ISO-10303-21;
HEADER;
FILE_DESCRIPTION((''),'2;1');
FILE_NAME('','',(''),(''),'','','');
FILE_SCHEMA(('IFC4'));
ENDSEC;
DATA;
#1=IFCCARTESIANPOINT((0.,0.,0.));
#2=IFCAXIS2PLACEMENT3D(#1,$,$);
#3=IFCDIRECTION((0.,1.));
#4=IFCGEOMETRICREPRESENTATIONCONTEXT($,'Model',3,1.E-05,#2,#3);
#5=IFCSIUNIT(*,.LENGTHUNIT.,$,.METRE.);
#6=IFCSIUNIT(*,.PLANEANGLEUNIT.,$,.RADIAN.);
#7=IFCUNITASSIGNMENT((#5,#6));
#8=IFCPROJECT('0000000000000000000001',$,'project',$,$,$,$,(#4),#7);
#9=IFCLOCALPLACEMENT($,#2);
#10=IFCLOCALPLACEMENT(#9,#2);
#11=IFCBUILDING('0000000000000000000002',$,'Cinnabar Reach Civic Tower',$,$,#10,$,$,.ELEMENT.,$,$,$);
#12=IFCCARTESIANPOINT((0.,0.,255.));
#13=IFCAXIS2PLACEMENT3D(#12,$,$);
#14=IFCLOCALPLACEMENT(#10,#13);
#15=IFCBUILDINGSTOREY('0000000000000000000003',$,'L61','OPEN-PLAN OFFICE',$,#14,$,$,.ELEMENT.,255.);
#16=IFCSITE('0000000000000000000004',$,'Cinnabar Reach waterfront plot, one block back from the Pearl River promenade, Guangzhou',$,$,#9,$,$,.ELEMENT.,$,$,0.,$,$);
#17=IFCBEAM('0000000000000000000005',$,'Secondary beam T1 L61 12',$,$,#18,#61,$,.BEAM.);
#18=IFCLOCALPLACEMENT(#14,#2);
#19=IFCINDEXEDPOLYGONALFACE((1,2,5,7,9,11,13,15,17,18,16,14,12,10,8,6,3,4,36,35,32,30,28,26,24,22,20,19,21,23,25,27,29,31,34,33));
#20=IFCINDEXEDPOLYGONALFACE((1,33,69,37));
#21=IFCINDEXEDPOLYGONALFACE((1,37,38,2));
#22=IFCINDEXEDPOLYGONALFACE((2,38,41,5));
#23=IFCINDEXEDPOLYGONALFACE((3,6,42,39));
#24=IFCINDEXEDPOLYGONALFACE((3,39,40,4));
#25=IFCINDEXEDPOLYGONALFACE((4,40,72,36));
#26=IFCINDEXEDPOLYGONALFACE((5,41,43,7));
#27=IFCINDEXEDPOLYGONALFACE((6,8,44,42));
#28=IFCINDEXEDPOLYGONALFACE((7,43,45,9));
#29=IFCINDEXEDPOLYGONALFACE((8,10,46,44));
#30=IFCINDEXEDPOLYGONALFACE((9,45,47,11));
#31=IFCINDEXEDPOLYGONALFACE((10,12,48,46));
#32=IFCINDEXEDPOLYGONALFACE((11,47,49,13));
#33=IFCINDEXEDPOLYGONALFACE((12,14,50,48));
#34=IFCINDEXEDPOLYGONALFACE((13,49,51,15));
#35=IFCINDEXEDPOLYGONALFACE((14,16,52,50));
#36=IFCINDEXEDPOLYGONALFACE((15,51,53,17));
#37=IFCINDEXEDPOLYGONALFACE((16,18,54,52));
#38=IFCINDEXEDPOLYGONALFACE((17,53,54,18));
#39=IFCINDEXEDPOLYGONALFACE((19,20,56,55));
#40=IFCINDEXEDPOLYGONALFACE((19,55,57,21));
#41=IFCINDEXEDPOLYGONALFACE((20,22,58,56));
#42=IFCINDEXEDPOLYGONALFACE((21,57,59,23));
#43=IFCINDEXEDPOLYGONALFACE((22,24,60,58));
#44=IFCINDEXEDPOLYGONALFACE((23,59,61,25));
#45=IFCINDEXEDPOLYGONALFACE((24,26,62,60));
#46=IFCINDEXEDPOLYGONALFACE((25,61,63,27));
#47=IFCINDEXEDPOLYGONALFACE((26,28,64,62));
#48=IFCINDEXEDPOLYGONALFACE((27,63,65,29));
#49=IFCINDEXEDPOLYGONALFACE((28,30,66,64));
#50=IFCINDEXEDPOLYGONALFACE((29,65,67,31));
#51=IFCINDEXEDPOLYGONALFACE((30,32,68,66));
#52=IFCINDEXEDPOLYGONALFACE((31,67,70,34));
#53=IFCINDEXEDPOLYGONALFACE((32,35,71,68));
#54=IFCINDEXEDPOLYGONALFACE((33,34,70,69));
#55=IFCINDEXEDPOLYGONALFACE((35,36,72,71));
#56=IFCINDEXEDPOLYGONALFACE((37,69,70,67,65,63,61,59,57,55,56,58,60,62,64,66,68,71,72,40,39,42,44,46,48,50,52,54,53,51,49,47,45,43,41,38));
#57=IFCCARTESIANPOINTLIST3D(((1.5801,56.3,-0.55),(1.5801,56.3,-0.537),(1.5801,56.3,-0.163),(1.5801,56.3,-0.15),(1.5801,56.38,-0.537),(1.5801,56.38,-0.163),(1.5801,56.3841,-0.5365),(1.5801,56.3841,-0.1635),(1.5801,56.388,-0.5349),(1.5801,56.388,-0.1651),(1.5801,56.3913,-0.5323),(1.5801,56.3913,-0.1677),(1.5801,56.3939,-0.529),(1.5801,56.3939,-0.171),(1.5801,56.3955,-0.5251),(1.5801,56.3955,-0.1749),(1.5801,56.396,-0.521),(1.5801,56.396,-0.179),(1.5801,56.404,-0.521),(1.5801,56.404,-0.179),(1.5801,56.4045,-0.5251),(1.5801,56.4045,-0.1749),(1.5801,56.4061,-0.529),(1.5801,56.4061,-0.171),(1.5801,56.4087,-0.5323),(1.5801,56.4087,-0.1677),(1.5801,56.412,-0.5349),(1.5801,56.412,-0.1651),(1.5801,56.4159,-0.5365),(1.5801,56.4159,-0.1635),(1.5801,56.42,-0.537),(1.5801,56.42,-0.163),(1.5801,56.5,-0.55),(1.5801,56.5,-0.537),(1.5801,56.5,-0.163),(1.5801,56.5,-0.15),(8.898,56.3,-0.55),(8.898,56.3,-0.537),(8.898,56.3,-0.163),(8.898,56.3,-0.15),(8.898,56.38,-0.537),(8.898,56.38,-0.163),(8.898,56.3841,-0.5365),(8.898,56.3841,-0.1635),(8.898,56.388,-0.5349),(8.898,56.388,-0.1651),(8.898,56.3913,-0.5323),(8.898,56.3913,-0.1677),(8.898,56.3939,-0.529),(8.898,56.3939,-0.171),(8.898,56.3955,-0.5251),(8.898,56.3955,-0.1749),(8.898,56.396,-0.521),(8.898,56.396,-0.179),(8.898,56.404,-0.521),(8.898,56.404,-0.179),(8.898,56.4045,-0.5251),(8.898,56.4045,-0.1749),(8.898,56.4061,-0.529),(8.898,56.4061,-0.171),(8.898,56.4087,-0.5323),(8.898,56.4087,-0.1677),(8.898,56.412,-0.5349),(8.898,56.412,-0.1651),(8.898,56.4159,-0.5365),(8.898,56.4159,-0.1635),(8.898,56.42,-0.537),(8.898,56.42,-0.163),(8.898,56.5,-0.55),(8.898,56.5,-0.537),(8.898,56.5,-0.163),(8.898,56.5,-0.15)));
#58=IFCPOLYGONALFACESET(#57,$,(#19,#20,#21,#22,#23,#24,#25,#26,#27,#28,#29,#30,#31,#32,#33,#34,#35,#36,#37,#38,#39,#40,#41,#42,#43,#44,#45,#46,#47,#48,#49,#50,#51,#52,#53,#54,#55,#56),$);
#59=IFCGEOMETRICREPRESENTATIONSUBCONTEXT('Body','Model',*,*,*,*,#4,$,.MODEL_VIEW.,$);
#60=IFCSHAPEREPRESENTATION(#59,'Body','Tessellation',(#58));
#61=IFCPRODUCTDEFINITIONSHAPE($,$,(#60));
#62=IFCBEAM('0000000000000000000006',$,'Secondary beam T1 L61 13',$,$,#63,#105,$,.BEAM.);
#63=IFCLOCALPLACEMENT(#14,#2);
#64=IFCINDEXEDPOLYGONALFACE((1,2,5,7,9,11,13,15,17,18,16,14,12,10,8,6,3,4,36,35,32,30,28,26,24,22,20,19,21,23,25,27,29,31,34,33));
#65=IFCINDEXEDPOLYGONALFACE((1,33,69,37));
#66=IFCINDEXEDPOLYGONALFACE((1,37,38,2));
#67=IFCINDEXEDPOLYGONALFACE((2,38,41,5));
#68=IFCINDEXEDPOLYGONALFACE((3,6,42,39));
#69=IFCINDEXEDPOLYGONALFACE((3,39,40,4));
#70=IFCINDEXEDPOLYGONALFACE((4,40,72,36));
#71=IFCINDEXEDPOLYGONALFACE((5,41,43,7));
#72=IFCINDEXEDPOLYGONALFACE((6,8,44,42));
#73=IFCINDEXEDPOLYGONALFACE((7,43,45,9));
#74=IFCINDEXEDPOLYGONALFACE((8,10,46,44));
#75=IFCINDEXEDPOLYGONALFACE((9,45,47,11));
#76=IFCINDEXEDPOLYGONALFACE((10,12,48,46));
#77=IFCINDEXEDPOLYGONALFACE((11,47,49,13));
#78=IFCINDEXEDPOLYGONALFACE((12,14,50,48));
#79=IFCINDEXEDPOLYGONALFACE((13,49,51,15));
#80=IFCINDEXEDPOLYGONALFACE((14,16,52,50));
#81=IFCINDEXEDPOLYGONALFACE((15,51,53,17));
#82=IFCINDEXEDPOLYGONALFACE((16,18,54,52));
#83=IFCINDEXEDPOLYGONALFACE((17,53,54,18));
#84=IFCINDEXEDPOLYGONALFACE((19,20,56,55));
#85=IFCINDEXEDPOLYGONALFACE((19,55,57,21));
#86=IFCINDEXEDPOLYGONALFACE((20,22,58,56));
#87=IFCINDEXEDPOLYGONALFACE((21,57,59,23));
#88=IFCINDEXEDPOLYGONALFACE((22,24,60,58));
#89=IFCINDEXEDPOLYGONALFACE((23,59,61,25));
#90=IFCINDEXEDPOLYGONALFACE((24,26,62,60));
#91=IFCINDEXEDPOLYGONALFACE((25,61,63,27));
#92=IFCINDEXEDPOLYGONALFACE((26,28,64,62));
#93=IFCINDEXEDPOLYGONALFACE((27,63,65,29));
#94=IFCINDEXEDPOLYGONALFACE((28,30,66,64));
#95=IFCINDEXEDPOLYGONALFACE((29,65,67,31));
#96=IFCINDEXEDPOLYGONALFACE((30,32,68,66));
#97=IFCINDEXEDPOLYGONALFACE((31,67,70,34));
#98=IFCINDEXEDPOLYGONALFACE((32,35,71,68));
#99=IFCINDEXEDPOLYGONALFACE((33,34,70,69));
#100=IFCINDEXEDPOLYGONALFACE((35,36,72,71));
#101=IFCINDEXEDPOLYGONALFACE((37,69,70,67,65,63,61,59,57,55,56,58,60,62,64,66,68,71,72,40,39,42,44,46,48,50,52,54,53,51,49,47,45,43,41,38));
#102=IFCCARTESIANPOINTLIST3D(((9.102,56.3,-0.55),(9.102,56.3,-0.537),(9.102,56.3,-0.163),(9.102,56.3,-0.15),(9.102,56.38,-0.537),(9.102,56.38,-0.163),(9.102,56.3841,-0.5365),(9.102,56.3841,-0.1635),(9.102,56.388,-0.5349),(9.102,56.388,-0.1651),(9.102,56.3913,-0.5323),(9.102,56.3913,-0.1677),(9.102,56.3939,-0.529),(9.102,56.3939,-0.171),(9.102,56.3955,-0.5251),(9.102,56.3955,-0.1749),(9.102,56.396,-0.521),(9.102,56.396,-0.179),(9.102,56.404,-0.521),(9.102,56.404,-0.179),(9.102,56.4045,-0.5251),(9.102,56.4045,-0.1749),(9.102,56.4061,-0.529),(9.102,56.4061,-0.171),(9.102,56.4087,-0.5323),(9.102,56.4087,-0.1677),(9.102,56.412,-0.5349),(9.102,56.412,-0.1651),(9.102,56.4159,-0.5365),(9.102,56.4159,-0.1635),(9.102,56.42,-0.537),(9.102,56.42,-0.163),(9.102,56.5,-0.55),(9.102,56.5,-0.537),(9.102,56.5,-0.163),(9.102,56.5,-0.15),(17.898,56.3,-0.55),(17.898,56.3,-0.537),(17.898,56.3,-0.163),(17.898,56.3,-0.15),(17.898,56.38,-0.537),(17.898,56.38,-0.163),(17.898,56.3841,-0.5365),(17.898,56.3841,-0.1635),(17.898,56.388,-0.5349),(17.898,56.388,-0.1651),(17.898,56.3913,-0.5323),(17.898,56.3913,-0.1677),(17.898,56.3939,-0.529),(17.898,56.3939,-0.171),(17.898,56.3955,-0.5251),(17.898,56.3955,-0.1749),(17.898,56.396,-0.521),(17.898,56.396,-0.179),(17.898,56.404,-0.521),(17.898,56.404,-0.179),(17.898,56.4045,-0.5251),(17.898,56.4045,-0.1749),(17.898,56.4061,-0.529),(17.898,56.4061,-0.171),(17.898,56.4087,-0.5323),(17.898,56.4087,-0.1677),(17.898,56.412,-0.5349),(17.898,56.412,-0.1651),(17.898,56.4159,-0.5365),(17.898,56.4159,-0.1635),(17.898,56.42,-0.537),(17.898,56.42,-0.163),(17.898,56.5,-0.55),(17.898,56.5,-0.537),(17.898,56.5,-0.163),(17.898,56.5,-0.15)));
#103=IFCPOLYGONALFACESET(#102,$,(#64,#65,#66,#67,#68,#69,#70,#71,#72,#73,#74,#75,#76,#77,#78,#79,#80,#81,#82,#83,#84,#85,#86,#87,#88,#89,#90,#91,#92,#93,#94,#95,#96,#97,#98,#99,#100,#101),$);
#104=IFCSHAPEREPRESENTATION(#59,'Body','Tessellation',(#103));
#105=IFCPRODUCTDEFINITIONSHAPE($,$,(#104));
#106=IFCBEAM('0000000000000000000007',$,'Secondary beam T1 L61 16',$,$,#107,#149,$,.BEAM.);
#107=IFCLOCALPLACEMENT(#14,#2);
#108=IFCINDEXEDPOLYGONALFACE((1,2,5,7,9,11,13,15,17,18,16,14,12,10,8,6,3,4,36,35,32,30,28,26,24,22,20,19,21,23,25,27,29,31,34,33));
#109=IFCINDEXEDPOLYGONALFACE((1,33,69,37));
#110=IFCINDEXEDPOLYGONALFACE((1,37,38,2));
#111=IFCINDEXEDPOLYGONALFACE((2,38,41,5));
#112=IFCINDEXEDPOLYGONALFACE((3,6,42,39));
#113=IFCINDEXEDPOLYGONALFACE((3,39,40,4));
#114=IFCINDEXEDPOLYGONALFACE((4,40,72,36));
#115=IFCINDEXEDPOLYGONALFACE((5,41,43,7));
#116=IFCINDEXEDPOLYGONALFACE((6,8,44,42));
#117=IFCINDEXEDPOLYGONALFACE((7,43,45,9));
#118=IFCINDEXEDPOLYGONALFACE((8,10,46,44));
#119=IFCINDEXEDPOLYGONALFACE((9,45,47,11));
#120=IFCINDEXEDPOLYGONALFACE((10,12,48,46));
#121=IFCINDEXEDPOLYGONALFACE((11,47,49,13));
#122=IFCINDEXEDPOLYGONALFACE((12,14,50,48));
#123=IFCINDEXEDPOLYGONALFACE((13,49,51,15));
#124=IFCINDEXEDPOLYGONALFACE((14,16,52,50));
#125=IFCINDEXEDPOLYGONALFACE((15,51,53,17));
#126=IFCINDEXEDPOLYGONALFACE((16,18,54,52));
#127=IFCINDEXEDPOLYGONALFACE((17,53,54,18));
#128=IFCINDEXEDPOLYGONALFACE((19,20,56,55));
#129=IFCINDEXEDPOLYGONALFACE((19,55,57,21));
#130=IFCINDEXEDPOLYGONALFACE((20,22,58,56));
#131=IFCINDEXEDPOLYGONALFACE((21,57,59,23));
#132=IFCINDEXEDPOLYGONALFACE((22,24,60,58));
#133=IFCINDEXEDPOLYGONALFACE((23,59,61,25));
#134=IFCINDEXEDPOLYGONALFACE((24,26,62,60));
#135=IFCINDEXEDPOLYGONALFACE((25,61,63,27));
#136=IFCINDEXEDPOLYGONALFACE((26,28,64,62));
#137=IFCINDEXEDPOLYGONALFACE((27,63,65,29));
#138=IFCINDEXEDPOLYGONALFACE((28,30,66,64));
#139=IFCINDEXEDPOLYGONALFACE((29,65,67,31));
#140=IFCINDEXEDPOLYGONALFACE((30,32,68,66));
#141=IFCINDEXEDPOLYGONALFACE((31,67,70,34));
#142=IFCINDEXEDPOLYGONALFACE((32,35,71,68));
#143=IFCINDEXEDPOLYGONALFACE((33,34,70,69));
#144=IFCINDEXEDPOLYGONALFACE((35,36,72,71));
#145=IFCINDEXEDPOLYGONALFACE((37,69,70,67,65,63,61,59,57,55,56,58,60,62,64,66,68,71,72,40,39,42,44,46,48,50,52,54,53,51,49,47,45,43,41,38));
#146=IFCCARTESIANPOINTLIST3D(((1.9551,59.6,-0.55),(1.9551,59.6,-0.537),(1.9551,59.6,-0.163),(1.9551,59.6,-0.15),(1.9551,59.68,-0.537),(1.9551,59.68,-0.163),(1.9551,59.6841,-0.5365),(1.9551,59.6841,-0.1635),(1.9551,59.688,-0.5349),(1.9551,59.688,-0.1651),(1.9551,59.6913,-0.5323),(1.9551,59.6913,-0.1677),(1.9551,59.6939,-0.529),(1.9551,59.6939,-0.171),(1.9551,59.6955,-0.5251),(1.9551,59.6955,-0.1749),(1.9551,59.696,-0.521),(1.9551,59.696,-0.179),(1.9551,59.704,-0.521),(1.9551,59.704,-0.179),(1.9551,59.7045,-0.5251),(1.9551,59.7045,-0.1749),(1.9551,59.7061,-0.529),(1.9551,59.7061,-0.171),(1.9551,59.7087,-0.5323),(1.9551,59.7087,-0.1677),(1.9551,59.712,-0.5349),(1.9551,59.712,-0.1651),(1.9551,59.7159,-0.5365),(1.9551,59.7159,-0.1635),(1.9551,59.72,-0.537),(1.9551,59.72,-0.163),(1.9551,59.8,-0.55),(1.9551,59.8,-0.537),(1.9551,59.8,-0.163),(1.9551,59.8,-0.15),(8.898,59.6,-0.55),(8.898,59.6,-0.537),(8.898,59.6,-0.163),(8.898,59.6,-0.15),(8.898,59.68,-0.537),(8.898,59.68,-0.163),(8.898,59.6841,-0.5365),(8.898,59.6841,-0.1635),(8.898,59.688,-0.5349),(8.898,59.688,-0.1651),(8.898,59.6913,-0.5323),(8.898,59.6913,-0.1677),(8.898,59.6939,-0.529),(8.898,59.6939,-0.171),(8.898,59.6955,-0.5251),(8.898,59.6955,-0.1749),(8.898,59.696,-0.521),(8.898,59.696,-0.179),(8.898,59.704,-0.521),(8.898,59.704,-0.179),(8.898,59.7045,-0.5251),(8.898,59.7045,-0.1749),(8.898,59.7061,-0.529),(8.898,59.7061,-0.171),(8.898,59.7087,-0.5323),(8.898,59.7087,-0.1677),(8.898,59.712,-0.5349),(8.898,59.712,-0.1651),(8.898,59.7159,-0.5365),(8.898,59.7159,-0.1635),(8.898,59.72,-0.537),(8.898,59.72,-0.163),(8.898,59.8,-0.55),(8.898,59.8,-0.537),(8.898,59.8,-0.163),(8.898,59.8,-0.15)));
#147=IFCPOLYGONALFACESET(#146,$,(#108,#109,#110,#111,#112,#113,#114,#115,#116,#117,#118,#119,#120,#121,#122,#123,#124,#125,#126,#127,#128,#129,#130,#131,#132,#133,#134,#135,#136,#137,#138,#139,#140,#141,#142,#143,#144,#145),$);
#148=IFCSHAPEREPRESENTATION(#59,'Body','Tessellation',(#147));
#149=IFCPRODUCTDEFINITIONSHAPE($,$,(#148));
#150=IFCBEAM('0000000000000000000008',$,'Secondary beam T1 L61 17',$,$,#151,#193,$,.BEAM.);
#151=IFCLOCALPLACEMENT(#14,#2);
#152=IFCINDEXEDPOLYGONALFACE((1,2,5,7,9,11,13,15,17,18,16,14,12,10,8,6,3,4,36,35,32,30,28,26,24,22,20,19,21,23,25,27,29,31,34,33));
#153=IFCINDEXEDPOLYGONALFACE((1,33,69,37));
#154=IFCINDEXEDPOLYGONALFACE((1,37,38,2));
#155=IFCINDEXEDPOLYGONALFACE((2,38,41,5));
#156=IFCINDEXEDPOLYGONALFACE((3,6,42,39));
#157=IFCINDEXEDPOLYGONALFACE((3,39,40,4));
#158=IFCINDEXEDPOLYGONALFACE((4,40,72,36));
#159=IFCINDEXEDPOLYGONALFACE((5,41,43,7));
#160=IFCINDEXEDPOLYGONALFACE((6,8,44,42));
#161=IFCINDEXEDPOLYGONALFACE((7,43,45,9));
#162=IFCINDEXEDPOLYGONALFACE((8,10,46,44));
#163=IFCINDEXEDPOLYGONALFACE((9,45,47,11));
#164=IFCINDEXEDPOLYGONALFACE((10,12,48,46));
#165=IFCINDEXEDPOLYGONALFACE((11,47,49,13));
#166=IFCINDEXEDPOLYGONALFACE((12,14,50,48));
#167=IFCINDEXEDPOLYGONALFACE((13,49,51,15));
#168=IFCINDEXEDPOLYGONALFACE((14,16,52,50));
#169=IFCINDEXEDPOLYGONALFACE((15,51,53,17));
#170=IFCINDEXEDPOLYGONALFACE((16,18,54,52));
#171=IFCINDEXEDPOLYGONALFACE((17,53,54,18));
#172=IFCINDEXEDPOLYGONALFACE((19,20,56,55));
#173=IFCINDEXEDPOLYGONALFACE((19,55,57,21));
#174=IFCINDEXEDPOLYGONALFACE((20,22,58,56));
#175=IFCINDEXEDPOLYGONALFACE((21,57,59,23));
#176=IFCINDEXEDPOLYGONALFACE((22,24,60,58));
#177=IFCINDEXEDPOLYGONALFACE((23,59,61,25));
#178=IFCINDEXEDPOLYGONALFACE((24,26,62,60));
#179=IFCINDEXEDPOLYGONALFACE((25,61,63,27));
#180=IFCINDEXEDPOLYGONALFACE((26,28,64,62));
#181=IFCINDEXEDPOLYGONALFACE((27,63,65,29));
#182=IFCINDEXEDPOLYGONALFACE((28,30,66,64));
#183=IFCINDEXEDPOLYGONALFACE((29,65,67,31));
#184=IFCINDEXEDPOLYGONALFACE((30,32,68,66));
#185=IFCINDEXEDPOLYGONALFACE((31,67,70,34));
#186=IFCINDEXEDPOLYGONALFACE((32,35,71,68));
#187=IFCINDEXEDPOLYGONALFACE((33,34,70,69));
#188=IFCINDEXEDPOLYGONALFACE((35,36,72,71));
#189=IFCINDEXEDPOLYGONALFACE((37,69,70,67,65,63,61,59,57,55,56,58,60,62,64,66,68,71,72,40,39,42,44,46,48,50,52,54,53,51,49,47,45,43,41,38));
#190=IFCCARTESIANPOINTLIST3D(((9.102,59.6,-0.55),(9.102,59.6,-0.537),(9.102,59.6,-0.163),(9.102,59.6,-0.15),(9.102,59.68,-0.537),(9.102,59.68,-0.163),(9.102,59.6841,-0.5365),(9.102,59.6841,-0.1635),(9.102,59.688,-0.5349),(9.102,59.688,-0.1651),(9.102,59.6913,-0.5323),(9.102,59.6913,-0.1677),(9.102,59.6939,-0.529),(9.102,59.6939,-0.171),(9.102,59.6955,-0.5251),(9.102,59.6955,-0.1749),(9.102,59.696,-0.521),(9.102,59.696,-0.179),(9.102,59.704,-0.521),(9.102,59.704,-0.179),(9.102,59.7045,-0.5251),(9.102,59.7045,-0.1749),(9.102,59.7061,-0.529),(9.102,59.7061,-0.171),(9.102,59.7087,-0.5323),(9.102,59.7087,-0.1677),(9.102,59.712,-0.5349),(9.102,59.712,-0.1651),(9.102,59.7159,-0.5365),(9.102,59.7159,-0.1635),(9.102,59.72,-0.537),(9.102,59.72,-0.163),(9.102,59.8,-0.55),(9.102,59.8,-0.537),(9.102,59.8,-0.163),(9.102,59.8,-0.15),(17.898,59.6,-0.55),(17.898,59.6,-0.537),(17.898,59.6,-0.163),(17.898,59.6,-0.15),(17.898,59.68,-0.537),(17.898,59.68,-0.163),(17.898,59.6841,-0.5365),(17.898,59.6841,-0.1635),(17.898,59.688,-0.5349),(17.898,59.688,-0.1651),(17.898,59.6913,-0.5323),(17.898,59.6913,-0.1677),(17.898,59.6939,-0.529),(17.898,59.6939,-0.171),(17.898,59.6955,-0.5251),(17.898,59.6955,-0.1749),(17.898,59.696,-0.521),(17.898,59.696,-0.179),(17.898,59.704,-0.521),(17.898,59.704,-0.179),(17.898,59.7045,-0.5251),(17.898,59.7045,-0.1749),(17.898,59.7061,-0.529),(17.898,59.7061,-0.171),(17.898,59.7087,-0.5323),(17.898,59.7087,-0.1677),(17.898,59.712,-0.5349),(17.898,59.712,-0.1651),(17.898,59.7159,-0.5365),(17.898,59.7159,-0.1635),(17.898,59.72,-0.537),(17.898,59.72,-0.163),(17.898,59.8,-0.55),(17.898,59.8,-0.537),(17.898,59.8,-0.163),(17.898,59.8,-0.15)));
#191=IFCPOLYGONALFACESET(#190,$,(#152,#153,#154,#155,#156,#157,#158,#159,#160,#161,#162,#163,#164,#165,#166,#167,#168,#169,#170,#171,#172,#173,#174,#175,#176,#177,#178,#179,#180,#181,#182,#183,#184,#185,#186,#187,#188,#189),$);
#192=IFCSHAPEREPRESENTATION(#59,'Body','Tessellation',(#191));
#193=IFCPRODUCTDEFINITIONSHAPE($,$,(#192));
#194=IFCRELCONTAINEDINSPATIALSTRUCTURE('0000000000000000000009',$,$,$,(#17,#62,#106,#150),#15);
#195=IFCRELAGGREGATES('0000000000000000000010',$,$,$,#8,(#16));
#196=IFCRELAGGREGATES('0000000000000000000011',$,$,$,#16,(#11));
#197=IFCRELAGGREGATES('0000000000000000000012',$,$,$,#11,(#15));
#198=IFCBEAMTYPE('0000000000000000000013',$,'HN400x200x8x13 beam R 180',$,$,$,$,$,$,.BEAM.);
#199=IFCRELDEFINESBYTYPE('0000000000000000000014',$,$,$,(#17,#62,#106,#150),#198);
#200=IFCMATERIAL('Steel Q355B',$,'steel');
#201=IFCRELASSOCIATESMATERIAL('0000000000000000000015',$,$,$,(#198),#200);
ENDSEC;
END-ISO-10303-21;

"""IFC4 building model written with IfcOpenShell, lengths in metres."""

from ifc_helpers import new_model, si_unit, direction, frame, origin, origin_2d, place, context, subcontext, project, spatial, i_section, extrude, material, material_profile, profile_set, type_object, element, save


model = new_model("IFC4")

# Units and contexts
model_context = context("Model", 3, precision=1e-05, world=origin(), true_north=direction((0.0, 1.0)))
body_context = subcontext(model_context, "Body", "Model", "MODEL_VIEW")
ifc_project = project(units=[si_unit("LENGTHUNIT", "METRE"), si_unit("PLANEANGLEUNIT", "RADIAN")], contexts=[model_context])

# Site, building, storey
site_placement = place(None, origin())
site = spatial("IfcSite", under=ifc_project, at=site_placement, Name="Cinnabar Reach waterfront plot, one block back from the Pearl River promenade, Guangzhou", CompositionType="ELEMENT", RefElevation=0.0)
building_placement = place(site_placement, origin())
building = spatial("IfcBuilding", under=site, at=building_placement, Name="Cinnabar Reach Civic Tower", CompositionType="ELEMENT")
storey_placement = place(building_placement, frame((0.0, 0.0, 255.0)))
storey = spatial("IfcBuildingStorey", under=building, at=storey_placement, Name="L61", Description="OPEN-PLAN OFFICE", CompositionType="ELEMENT", Elevation=255.0)

# Beams
ifc_material_1 = material(Name="Steel Q355B", Category="steel")
ifc_material_profile_1 = material_profile(ifc_material_1, i_section(OverallWidth=0.2, OverallDepth=0.4, WebThickness=0.008, FlangeThickness=0.013, FilletRadius=0.016, at=origin_2d()), Name="HN400x200x8x13")
ifc_profile_set_1 = profile_set([ifc_material_profile_1], Name="Steel Q355B")
beam_type_1 = type_object("IfcBeamType", Name="HN400x200x8x13 beam R 180", PredefinedType="BEAM", material=ifc_profile_set_1)
beam_1_placement = place(storey_placement, frame((1.5801, 56.4, -0.35), z_axis=(1.0, 0.0, 0.0), x_axis=(0.0, 1.0, 0.0)))
element("IfcBeam", 1, at=beam_1_placement, inside=storey, type_object=beam_type_1, Name="Secondary beam T1 L61 12", PredefinedType="BEAM", context=body_context, shape_type="SweptSolid", body=[
    extrude(i_section(OverallWidth=0.2, OverallDepth=0.4, WebThickness=0.008, FlangeThickness=0.013, FilletRadius=0.016, at=origin_2d()), origin(), (0.0, 0.0, 1.0), 7.3179),
])
beam_2_placement = place(storey_placement, frame((9.102, 56.4, -0.35), z_axis=(1.0, 0.0, 0.0), x_axis=(0.0, 1.0, 0.0)))
element("IfcBeam", 2, at=beam_2_placement, inside=storey, type_object=beam_type_1, Name="Secondary beam T1 L61 13", PredefinedType="BEAM", context=body_context, shape_type="SweptSolid", body=[
    extrude(i_section(OverallWidth=0.2, OverallDepth=0.4, WebThickness=0.008, FlangeThickness=0.013, FilletRadius=0.016, at=origin_2d()), origin(), (0.0, 0.0, 1.0), 8.796),
])
beam_3_placement = place(storey_placement, frame((1.9551, 59.7, -0.35), z_axis=(1.0, 0.0, 0.0), x_axis=(0.0, 1.0, 0.0)))
element("IfcBeam", 3, at=beam_3_placement, inside=storey, type_object=beam_type_1, Name="Secondary beam T1 L61 16", PredefinedType="BEAM", context=body_context, shape_type="SweptSolid", body=[
    extrude(i_section(OverallWidth=0.2, OverallDepth=0.4, WebThickness=0.008, FlangeThickness=0.013, FilletRadius=0.016, at=origin_2d()), origin(), (0.0, 0.0, 1.0), 6.9429),
])
beam_4_placement = place(storey_placement, frame((9.102, 59.7, -0.35), z_axis=(1.0, 0.0, 0.0), x_axis=(0.0, 1.0, 0.0)))
element("IfcBeam", 4, at=beam_4_placement, inside=storey, type_object=beam_type_1, Name="Secondary beam T1 L61 17", PredefinedType="BEAM", context=body_context, shape_type="SweptSolid", body=[
    extrude(i_section(OverallWidth=0.2, OverallDepth=0.4, WebThickness=0.008, FlangeThickness=0.013, FilletRadius=0.016, at=origin_2d()), origin(), (0.0, 0.0, 1.0), 8.796),
])

save(model, "model.ifc")
